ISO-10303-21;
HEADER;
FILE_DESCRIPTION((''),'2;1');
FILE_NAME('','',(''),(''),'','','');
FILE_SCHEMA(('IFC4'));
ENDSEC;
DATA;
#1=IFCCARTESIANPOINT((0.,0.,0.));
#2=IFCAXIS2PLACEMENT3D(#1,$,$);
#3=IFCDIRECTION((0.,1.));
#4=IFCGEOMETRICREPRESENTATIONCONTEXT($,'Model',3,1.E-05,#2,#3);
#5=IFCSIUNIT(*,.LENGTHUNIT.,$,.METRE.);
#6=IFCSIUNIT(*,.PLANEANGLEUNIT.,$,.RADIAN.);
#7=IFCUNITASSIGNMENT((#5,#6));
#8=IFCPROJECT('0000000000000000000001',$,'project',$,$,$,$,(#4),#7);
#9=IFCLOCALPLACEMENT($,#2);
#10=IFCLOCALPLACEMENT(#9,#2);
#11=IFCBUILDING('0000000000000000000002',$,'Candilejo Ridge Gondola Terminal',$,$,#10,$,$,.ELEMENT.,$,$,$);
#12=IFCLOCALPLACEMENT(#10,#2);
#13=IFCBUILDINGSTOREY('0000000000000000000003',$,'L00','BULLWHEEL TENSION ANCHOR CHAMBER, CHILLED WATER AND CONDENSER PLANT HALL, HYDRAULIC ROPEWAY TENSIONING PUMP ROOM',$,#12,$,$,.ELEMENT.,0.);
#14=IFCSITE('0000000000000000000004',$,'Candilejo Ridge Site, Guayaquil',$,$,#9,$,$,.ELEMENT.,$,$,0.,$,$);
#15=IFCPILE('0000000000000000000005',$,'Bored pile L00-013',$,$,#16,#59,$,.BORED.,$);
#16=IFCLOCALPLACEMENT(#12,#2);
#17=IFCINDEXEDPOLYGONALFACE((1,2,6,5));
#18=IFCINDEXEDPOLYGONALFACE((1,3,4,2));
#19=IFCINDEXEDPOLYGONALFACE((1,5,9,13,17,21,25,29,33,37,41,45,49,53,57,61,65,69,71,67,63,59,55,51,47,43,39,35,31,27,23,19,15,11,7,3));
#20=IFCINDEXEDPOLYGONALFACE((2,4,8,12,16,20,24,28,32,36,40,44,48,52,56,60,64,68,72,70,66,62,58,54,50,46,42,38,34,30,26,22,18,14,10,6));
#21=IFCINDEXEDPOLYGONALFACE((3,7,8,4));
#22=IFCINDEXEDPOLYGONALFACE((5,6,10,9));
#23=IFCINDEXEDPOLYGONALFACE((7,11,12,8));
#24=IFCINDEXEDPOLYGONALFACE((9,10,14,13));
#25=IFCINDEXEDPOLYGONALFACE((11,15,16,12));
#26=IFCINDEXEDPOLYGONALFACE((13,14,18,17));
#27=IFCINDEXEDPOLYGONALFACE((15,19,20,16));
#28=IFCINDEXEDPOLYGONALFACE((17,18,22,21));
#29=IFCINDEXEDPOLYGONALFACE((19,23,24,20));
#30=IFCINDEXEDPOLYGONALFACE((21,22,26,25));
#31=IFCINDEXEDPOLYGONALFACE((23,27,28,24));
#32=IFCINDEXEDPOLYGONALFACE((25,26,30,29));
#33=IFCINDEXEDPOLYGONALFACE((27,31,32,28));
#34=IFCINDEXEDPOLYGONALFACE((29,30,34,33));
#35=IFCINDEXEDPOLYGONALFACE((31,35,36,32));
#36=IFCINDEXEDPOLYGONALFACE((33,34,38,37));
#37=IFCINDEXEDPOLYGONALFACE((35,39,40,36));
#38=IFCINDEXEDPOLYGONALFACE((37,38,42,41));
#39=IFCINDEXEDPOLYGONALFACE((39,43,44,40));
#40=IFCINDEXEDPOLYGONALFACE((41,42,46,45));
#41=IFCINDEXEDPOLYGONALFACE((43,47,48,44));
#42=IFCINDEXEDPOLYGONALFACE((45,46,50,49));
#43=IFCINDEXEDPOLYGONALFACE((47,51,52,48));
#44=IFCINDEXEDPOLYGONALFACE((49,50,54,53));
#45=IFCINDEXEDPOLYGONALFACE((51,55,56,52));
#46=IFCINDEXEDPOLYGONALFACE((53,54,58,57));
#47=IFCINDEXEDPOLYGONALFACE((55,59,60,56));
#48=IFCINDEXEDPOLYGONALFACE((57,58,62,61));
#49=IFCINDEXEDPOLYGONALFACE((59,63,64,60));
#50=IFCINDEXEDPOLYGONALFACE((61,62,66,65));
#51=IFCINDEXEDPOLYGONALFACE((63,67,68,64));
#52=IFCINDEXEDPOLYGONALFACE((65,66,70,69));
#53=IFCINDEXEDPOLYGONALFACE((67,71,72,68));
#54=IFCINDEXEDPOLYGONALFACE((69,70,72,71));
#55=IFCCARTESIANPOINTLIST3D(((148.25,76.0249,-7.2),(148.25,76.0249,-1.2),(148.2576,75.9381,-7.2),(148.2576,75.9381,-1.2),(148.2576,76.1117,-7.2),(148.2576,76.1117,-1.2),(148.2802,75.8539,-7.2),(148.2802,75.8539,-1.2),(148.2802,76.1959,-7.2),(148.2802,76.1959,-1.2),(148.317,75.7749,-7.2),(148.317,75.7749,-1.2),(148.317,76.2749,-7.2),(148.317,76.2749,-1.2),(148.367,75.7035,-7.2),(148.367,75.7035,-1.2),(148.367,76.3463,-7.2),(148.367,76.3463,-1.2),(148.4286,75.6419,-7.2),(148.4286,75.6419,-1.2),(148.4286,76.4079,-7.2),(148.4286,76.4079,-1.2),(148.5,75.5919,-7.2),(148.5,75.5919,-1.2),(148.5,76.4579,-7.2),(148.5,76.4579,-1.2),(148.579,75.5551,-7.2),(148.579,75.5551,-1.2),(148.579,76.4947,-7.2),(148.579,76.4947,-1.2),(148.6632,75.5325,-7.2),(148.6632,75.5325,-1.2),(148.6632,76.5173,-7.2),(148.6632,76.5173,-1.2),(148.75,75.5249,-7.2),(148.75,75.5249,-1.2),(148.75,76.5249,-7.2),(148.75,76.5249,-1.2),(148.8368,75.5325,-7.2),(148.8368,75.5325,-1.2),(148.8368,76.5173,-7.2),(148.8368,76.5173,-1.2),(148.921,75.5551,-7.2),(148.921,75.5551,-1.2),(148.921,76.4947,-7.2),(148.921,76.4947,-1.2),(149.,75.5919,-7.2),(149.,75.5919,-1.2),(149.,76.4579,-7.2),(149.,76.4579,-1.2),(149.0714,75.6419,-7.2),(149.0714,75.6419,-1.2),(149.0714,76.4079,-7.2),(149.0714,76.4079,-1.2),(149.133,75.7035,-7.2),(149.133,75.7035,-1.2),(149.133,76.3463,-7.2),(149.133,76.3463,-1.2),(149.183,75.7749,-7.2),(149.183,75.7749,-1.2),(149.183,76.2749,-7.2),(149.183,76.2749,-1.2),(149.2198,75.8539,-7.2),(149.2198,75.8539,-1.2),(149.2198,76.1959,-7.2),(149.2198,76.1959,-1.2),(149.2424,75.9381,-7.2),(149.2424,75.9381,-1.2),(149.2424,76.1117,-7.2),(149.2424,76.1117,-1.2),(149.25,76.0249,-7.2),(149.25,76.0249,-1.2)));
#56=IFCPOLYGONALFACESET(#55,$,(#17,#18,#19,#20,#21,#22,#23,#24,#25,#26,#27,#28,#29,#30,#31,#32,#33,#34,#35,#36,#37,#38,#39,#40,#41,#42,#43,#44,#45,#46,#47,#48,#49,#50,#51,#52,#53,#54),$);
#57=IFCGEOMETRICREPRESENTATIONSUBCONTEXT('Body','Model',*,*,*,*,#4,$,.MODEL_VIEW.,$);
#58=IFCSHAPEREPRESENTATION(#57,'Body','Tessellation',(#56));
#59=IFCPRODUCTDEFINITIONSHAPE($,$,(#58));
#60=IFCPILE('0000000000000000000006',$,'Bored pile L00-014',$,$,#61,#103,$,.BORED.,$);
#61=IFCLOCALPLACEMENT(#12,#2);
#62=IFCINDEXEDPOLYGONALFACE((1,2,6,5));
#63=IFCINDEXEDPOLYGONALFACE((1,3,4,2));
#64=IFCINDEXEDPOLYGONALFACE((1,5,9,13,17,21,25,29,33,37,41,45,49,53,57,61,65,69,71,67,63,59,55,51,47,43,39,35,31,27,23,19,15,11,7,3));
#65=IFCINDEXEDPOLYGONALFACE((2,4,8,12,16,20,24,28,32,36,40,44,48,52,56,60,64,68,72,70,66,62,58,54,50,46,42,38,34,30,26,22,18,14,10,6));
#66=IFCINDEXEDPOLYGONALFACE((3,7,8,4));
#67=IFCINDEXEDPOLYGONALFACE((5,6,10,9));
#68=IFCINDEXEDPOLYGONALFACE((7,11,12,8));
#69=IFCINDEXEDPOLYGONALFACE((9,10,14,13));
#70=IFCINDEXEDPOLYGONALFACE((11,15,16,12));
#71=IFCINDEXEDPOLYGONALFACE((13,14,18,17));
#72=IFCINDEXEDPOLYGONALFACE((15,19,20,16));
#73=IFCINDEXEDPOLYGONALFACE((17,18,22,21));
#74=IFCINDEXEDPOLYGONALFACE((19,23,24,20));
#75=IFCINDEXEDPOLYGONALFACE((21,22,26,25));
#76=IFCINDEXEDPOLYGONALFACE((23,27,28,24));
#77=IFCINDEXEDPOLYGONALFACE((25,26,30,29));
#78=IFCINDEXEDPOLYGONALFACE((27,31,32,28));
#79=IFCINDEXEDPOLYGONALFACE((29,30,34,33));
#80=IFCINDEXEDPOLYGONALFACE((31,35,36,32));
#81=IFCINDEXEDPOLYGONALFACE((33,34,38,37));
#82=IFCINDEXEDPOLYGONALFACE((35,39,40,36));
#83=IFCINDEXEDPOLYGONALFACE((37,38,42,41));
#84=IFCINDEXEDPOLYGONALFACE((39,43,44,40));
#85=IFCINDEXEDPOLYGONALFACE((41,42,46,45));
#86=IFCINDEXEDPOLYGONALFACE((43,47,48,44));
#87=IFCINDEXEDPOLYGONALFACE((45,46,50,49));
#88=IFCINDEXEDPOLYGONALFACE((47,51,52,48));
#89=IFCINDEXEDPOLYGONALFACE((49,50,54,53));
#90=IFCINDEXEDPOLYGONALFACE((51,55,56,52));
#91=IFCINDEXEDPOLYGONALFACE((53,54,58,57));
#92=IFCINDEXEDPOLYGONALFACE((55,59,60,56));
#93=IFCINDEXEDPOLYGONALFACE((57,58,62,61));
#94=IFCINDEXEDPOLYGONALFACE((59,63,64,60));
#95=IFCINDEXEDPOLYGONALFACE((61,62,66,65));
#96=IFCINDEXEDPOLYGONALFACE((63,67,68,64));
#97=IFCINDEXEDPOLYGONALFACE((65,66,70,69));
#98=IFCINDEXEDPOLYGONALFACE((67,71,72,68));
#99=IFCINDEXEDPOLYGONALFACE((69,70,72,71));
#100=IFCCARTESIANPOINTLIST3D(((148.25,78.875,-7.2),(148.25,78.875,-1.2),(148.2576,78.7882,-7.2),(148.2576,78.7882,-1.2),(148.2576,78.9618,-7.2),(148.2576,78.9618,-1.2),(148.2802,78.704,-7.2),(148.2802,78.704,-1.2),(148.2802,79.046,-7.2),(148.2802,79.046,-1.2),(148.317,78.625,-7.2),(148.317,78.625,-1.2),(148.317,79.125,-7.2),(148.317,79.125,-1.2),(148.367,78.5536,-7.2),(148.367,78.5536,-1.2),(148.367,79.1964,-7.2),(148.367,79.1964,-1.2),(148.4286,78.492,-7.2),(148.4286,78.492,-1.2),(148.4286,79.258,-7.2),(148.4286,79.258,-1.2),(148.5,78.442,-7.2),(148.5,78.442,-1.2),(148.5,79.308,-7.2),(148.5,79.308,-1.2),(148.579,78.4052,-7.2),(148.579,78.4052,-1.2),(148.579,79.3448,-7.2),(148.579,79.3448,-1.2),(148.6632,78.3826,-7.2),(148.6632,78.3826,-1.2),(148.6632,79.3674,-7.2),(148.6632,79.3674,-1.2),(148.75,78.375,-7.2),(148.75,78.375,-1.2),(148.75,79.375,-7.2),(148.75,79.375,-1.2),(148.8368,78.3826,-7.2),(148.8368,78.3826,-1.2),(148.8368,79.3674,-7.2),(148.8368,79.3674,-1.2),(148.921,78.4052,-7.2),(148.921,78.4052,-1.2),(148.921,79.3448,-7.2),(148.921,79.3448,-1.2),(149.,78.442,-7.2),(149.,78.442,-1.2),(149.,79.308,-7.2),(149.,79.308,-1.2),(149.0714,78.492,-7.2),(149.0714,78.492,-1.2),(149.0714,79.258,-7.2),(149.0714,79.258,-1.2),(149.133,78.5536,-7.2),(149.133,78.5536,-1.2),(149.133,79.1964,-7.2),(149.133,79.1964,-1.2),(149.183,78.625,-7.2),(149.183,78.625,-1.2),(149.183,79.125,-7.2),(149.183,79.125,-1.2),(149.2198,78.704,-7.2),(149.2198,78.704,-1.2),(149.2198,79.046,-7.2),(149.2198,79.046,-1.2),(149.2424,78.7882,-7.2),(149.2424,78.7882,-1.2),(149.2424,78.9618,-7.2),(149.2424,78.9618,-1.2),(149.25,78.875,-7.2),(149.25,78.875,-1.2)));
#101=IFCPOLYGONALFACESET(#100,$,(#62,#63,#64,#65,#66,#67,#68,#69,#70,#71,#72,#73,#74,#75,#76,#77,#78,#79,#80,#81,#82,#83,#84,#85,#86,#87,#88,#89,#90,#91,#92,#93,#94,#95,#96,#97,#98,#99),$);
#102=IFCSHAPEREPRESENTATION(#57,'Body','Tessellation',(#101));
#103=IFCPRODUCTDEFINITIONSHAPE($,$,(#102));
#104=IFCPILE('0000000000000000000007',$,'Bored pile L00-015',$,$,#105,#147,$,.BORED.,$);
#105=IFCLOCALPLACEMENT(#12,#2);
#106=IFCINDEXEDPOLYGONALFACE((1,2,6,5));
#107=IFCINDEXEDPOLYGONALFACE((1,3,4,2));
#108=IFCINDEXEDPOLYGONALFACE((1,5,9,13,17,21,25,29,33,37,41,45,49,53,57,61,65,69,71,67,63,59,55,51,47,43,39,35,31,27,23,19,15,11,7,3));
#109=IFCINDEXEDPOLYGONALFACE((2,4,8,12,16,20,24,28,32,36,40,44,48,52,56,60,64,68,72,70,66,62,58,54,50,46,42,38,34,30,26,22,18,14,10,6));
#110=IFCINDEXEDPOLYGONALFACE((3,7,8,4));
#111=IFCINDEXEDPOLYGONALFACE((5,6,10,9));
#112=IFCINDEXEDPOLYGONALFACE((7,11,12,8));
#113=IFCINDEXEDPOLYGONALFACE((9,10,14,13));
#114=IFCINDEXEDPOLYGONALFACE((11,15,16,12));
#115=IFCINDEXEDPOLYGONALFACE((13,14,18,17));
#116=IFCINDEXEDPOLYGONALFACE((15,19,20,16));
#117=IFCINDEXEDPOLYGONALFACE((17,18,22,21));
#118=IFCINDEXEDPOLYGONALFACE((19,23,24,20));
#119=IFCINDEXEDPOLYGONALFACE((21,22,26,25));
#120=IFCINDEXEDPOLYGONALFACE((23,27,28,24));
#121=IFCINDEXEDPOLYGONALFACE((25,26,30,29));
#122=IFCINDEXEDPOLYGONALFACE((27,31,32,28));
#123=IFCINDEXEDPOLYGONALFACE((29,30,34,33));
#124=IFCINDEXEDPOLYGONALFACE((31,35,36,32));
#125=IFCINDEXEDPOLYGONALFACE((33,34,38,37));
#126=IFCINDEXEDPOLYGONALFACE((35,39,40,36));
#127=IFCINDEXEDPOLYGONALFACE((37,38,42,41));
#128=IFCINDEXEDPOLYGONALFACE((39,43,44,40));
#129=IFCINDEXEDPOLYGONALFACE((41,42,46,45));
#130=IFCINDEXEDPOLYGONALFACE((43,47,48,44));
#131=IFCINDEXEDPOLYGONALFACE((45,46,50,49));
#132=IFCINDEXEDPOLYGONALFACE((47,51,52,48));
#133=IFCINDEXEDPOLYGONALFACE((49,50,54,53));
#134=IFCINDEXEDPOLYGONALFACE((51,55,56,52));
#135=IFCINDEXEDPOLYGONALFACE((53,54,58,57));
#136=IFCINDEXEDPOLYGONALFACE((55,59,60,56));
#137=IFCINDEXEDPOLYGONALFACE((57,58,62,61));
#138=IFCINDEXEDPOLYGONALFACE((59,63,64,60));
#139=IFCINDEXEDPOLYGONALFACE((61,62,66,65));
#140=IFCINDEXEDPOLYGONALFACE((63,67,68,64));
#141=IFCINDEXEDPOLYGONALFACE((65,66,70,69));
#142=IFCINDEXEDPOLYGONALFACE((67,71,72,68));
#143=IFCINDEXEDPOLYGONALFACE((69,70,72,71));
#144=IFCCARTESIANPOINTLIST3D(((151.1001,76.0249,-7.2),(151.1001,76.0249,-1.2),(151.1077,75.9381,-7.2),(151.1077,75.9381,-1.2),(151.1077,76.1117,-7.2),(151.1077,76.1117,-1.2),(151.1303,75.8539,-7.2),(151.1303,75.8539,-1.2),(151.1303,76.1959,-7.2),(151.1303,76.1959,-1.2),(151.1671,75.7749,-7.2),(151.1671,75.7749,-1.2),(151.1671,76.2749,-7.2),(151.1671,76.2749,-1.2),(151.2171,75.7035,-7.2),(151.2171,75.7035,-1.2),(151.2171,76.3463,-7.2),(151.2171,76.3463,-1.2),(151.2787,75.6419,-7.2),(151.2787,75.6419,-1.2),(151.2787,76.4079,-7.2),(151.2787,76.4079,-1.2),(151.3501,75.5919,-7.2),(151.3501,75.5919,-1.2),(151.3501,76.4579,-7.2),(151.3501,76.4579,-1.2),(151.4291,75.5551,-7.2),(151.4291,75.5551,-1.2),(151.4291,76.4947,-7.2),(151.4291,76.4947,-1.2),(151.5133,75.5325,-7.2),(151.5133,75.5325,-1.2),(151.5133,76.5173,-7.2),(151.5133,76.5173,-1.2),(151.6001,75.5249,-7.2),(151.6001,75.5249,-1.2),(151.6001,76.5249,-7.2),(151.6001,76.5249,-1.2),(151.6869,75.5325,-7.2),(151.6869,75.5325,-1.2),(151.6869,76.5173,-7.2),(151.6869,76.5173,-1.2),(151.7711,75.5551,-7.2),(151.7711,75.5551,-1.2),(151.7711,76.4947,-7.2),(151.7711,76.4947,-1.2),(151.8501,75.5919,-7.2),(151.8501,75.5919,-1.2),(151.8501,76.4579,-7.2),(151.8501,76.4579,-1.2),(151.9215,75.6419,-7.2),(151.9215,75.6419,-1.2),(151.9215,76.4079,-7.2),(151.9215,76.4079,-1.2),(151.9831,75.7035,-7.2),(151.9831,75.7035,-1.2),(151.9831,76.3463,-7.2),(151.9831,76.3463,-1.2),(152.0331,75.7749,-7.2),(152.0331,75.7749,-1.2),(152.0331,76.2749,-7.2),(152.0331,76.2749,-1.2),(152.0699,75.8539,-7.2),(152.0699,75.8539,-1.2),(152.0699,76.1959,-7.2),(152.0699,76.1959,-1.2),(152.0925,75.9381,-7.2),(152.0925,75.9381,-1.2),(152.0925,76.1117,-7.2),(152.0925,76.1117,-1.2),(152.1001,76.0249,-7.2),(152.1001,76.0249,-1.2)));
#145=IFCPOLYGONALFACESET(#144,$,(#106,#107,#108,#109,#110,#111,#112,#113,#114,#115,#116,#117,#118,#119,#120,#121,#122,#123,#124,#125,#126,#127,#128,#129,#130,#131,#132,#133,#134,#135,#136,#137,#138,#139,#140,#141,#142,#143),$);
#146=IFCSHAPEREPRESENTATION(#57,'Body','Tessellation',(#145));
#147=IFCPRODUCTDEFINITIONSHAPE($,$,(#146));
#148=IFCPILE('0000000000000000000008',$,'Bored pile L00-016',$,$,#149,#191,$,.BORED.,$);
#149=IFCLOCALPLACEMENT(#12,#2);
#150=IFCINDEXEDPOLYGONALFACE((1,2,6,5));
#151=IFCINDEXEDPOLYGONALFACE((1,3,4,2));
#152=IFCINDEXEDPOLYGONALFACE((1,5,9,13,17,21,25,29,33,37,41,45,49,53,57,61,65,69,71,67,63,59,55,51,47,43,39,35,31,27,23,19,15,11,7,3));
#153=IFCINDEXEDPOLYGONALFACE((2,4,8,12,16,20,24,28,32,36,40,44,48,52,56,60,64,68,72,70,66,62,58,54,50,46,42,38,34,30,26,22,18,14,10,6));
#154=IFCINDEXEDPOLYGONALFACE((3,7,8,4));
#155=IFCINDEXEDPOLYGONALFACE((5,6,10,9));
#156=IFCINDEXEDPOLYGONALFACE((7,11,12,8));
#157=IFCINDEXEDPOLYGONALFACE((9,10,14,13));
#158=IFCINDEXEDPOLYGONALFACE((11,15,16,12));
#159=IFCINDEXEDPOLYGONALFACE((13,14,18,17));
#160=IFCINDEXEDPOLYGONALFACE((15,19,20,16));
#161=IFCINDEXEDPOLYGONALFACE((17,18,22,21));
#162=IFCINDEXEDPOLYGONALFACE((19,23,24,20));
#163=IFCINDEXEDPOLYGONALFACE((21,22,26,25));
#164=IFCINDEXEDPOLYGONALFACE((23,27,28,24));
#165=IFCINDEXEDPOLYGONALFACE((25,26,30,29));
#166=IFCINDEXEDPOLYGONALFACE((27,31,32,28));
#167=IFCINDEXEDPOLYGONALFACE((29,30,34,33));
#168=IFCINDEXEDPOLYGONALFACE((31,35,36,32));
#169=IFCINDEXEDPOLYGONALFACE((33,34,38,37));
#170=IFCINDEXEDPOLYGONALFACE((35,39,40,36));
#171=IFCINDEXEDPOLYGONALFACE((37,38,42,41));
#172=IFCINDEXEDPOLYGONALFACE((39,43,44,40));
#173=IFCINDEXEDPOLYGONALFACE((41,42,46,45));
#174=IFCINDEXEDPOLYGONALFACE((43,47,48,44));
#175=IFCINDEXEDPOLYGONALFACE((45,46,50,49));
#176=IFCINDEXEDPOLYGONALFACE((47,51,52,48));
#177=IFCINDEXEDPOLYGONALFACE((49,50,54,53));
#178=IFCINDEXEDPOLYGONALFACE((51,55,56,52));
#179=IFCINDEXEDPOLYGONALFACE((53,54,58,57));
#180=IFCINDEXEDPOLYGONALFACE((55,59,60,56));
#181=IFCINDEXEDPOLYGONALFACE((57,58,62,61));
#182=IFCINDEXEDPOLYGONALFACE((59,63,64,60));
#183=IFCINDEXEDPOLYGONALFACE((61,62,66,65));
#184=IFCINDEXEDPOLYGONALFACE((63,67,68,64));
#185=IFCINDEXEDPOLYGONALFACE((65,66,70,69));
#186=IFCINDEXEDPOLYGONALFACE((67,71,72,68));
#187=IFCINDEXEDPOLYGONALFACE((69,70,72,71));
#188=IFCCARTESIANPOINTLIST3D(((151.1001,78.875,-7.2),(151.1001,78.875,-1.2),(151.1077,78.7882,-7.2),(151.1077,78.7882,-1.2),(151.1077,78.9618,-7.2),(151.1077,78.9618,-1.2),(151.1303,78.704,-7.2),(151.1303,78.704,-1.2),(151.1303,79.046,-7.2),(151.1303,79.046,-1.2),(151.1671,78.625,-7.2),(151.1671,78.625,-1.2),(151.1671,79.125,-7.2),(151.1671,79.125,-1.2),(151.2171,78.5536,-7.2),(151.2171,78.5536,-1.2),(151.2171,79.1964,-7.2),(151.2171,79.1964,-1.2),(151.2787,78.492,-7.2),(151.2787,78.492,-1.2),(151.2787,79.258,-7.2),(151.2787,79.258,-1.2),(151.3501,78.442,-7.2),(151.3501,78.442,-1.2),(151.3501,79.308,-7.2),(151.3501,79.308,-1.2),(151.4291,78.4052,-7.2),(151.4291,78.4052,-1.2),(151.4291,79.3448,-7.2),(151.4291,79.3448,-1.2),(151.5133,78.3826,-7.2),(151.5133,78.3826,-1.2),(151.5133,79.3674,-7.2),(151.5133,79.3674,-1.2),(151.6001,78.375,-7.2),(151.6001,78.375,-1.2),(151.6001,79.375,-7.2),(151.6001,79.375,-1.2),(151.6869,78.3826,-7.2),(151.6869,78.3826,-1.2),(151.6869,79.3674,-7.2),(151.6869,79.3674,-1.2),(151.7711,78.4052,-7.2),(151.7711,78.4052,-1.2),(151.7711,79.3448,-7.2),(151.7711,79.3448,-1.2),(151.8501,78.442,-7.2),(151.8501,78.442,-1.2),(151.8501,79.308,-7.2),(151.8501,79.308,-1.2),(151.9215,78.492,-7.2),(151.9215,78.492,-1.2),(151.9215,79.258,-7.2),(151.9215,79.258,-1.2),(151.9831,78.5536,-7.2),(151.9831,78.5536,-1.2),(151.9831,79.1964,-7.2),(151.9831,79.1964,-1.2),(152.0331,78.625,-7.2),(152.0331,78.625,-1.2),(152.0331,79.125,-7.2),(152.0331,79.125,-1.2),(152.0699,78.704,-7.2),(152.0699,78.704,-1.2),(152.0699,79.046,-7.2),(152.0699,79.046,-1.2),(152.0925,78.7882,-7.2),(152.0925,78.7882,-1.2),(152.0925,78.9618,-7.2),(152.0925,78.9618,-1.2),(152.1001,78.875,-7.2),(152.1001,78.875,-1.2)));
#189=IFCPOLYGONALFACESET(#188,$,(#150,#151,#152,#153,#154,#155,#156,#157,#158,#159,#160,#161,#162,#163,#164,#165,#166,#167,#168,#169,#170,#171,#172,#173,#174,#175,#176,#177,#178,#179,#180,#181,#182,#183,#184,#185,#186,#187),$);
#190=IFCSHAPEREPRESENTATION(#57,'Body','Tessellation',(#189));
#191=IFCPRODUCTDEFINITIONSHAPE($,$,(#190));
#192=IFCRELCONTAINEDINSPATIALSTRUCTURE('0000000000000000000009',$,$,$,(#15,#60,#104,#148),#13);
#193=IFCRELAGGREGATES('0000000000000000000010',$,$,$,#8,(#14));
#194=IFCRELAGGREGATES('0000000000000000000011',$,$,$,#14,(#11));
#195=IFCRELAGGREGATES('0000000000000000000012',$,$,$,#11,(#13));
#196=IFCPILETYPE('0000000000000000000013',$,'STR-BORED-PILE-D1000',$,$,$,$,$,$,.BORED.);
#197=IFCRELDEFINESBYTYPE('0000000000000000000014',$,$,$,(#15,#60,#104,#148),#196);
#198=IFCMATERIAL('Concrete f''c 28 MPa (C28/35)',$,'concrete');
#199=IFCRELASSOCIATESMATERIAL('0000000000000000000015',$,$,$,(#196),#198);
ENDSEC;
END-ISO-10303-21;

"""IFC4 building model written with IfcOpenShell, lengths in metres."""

from ifc_helpers import new_model, si_unit, direction, frame, origin, origin_2d, place, context, subcontext, project, spatial, circle, extrude, material, material_profile, profile_set, type_object, element, save


model = new_model("IFC4")

# Units and contexts
model_context = context("Model", 3, precision=1e-05, world=origin(), true_north=direction((0.0, 1.0)))
body_context = subcontext(model_context, "Body", "Model", "MODEL_VIEW")
ifc_project = project(units=[si_unit("LENGTHUNIT", "METRE"), si_unit("PLANEANGLEUNIT", "RADIAN")], contexts=[model_context])

# Site, building, storey
site_placement = place(None, origin())
site = spatial("IfcSite", under=ifc_project, at=site_placement, Name="Candilejo Ridge Site, Guayaquil", CompositionType="ELEMENT", RefElevation=0.0)
building_placement = place(site_placement, origin())
building = spatial("IfcBuilding", under=site, at=building_placement, Name="Candilejo Ridge Gondola Terminal", CompositionType="ELEMENT")
storey_placement = place(building_placement, origin())
storey = spatial("IfcBuildingStorey", under=building, at=storey_placement, Name="L00", Description="BULLWHEEL TENSION ANCHOR CHAMBER, CHILLED WATER AND CONDENSER PLANT HALL, HYDRAULIC ROPEWAY TENSIONING PUMP ROOM", CompositionType="ELEMENT", Elevation=0.0)

# Piles
ifc_material_1 = material(Name="Concrete f'c 28 MPa (C28/35)", Category="concrete")
ifc_material_profile_1 = material_profile(ifc_material_1, circle(Radius=0.5, at=origin_2d()))
ifc_profile_set_1 = profile_set([ifc_material_profile_1], Name="Concrete f'c 28 MPa (C28/35)")
pile_type = type_object("IfcPileType", Name="STR-BORED-PILE-D1000", PredefinedType="BORED", material=ifc_profile_set_1)
for number, where, z_axis, x_axis, name in (
    (1, (148.75, 76.0249, -1.2), (0.0, 0.0, -1.0), (1.0, 0.0, 0.0), "Bored pile L00-013"),
    (2, (148.75, 78.875, -1.2), (0.0, 0.0, -1.0), (1.0, 0.0, 0.0), "Bored pile L00-014"),
    (3, (151.6001, 76.0249, -1.2), (0.0, 0.0, -1.0), (1.0, 0.0, 0.0), "Bored pile L00-015"),
    (4, (151.6001, 78.875, -1.2), (0.0, 0.0, -1.0), (1.0, 0.0, 0.0), "Bored pile L00-016"),
):
    element("IfcPile", number, at=place(storey_placement, frame(where, z_axis=z_axis, x_axis=x_axis)), inside=storey, type_object=pile_type, Name=name, PredefinedType="BORED", context=body_context, shape_type="SweptSolid", body=[
        extrude(circle(Radius=0.5, at=origin_2d()), origin(), (0.0, 0.0, 1.0), 6.0),
    ])

save(model, "model.ifc")
